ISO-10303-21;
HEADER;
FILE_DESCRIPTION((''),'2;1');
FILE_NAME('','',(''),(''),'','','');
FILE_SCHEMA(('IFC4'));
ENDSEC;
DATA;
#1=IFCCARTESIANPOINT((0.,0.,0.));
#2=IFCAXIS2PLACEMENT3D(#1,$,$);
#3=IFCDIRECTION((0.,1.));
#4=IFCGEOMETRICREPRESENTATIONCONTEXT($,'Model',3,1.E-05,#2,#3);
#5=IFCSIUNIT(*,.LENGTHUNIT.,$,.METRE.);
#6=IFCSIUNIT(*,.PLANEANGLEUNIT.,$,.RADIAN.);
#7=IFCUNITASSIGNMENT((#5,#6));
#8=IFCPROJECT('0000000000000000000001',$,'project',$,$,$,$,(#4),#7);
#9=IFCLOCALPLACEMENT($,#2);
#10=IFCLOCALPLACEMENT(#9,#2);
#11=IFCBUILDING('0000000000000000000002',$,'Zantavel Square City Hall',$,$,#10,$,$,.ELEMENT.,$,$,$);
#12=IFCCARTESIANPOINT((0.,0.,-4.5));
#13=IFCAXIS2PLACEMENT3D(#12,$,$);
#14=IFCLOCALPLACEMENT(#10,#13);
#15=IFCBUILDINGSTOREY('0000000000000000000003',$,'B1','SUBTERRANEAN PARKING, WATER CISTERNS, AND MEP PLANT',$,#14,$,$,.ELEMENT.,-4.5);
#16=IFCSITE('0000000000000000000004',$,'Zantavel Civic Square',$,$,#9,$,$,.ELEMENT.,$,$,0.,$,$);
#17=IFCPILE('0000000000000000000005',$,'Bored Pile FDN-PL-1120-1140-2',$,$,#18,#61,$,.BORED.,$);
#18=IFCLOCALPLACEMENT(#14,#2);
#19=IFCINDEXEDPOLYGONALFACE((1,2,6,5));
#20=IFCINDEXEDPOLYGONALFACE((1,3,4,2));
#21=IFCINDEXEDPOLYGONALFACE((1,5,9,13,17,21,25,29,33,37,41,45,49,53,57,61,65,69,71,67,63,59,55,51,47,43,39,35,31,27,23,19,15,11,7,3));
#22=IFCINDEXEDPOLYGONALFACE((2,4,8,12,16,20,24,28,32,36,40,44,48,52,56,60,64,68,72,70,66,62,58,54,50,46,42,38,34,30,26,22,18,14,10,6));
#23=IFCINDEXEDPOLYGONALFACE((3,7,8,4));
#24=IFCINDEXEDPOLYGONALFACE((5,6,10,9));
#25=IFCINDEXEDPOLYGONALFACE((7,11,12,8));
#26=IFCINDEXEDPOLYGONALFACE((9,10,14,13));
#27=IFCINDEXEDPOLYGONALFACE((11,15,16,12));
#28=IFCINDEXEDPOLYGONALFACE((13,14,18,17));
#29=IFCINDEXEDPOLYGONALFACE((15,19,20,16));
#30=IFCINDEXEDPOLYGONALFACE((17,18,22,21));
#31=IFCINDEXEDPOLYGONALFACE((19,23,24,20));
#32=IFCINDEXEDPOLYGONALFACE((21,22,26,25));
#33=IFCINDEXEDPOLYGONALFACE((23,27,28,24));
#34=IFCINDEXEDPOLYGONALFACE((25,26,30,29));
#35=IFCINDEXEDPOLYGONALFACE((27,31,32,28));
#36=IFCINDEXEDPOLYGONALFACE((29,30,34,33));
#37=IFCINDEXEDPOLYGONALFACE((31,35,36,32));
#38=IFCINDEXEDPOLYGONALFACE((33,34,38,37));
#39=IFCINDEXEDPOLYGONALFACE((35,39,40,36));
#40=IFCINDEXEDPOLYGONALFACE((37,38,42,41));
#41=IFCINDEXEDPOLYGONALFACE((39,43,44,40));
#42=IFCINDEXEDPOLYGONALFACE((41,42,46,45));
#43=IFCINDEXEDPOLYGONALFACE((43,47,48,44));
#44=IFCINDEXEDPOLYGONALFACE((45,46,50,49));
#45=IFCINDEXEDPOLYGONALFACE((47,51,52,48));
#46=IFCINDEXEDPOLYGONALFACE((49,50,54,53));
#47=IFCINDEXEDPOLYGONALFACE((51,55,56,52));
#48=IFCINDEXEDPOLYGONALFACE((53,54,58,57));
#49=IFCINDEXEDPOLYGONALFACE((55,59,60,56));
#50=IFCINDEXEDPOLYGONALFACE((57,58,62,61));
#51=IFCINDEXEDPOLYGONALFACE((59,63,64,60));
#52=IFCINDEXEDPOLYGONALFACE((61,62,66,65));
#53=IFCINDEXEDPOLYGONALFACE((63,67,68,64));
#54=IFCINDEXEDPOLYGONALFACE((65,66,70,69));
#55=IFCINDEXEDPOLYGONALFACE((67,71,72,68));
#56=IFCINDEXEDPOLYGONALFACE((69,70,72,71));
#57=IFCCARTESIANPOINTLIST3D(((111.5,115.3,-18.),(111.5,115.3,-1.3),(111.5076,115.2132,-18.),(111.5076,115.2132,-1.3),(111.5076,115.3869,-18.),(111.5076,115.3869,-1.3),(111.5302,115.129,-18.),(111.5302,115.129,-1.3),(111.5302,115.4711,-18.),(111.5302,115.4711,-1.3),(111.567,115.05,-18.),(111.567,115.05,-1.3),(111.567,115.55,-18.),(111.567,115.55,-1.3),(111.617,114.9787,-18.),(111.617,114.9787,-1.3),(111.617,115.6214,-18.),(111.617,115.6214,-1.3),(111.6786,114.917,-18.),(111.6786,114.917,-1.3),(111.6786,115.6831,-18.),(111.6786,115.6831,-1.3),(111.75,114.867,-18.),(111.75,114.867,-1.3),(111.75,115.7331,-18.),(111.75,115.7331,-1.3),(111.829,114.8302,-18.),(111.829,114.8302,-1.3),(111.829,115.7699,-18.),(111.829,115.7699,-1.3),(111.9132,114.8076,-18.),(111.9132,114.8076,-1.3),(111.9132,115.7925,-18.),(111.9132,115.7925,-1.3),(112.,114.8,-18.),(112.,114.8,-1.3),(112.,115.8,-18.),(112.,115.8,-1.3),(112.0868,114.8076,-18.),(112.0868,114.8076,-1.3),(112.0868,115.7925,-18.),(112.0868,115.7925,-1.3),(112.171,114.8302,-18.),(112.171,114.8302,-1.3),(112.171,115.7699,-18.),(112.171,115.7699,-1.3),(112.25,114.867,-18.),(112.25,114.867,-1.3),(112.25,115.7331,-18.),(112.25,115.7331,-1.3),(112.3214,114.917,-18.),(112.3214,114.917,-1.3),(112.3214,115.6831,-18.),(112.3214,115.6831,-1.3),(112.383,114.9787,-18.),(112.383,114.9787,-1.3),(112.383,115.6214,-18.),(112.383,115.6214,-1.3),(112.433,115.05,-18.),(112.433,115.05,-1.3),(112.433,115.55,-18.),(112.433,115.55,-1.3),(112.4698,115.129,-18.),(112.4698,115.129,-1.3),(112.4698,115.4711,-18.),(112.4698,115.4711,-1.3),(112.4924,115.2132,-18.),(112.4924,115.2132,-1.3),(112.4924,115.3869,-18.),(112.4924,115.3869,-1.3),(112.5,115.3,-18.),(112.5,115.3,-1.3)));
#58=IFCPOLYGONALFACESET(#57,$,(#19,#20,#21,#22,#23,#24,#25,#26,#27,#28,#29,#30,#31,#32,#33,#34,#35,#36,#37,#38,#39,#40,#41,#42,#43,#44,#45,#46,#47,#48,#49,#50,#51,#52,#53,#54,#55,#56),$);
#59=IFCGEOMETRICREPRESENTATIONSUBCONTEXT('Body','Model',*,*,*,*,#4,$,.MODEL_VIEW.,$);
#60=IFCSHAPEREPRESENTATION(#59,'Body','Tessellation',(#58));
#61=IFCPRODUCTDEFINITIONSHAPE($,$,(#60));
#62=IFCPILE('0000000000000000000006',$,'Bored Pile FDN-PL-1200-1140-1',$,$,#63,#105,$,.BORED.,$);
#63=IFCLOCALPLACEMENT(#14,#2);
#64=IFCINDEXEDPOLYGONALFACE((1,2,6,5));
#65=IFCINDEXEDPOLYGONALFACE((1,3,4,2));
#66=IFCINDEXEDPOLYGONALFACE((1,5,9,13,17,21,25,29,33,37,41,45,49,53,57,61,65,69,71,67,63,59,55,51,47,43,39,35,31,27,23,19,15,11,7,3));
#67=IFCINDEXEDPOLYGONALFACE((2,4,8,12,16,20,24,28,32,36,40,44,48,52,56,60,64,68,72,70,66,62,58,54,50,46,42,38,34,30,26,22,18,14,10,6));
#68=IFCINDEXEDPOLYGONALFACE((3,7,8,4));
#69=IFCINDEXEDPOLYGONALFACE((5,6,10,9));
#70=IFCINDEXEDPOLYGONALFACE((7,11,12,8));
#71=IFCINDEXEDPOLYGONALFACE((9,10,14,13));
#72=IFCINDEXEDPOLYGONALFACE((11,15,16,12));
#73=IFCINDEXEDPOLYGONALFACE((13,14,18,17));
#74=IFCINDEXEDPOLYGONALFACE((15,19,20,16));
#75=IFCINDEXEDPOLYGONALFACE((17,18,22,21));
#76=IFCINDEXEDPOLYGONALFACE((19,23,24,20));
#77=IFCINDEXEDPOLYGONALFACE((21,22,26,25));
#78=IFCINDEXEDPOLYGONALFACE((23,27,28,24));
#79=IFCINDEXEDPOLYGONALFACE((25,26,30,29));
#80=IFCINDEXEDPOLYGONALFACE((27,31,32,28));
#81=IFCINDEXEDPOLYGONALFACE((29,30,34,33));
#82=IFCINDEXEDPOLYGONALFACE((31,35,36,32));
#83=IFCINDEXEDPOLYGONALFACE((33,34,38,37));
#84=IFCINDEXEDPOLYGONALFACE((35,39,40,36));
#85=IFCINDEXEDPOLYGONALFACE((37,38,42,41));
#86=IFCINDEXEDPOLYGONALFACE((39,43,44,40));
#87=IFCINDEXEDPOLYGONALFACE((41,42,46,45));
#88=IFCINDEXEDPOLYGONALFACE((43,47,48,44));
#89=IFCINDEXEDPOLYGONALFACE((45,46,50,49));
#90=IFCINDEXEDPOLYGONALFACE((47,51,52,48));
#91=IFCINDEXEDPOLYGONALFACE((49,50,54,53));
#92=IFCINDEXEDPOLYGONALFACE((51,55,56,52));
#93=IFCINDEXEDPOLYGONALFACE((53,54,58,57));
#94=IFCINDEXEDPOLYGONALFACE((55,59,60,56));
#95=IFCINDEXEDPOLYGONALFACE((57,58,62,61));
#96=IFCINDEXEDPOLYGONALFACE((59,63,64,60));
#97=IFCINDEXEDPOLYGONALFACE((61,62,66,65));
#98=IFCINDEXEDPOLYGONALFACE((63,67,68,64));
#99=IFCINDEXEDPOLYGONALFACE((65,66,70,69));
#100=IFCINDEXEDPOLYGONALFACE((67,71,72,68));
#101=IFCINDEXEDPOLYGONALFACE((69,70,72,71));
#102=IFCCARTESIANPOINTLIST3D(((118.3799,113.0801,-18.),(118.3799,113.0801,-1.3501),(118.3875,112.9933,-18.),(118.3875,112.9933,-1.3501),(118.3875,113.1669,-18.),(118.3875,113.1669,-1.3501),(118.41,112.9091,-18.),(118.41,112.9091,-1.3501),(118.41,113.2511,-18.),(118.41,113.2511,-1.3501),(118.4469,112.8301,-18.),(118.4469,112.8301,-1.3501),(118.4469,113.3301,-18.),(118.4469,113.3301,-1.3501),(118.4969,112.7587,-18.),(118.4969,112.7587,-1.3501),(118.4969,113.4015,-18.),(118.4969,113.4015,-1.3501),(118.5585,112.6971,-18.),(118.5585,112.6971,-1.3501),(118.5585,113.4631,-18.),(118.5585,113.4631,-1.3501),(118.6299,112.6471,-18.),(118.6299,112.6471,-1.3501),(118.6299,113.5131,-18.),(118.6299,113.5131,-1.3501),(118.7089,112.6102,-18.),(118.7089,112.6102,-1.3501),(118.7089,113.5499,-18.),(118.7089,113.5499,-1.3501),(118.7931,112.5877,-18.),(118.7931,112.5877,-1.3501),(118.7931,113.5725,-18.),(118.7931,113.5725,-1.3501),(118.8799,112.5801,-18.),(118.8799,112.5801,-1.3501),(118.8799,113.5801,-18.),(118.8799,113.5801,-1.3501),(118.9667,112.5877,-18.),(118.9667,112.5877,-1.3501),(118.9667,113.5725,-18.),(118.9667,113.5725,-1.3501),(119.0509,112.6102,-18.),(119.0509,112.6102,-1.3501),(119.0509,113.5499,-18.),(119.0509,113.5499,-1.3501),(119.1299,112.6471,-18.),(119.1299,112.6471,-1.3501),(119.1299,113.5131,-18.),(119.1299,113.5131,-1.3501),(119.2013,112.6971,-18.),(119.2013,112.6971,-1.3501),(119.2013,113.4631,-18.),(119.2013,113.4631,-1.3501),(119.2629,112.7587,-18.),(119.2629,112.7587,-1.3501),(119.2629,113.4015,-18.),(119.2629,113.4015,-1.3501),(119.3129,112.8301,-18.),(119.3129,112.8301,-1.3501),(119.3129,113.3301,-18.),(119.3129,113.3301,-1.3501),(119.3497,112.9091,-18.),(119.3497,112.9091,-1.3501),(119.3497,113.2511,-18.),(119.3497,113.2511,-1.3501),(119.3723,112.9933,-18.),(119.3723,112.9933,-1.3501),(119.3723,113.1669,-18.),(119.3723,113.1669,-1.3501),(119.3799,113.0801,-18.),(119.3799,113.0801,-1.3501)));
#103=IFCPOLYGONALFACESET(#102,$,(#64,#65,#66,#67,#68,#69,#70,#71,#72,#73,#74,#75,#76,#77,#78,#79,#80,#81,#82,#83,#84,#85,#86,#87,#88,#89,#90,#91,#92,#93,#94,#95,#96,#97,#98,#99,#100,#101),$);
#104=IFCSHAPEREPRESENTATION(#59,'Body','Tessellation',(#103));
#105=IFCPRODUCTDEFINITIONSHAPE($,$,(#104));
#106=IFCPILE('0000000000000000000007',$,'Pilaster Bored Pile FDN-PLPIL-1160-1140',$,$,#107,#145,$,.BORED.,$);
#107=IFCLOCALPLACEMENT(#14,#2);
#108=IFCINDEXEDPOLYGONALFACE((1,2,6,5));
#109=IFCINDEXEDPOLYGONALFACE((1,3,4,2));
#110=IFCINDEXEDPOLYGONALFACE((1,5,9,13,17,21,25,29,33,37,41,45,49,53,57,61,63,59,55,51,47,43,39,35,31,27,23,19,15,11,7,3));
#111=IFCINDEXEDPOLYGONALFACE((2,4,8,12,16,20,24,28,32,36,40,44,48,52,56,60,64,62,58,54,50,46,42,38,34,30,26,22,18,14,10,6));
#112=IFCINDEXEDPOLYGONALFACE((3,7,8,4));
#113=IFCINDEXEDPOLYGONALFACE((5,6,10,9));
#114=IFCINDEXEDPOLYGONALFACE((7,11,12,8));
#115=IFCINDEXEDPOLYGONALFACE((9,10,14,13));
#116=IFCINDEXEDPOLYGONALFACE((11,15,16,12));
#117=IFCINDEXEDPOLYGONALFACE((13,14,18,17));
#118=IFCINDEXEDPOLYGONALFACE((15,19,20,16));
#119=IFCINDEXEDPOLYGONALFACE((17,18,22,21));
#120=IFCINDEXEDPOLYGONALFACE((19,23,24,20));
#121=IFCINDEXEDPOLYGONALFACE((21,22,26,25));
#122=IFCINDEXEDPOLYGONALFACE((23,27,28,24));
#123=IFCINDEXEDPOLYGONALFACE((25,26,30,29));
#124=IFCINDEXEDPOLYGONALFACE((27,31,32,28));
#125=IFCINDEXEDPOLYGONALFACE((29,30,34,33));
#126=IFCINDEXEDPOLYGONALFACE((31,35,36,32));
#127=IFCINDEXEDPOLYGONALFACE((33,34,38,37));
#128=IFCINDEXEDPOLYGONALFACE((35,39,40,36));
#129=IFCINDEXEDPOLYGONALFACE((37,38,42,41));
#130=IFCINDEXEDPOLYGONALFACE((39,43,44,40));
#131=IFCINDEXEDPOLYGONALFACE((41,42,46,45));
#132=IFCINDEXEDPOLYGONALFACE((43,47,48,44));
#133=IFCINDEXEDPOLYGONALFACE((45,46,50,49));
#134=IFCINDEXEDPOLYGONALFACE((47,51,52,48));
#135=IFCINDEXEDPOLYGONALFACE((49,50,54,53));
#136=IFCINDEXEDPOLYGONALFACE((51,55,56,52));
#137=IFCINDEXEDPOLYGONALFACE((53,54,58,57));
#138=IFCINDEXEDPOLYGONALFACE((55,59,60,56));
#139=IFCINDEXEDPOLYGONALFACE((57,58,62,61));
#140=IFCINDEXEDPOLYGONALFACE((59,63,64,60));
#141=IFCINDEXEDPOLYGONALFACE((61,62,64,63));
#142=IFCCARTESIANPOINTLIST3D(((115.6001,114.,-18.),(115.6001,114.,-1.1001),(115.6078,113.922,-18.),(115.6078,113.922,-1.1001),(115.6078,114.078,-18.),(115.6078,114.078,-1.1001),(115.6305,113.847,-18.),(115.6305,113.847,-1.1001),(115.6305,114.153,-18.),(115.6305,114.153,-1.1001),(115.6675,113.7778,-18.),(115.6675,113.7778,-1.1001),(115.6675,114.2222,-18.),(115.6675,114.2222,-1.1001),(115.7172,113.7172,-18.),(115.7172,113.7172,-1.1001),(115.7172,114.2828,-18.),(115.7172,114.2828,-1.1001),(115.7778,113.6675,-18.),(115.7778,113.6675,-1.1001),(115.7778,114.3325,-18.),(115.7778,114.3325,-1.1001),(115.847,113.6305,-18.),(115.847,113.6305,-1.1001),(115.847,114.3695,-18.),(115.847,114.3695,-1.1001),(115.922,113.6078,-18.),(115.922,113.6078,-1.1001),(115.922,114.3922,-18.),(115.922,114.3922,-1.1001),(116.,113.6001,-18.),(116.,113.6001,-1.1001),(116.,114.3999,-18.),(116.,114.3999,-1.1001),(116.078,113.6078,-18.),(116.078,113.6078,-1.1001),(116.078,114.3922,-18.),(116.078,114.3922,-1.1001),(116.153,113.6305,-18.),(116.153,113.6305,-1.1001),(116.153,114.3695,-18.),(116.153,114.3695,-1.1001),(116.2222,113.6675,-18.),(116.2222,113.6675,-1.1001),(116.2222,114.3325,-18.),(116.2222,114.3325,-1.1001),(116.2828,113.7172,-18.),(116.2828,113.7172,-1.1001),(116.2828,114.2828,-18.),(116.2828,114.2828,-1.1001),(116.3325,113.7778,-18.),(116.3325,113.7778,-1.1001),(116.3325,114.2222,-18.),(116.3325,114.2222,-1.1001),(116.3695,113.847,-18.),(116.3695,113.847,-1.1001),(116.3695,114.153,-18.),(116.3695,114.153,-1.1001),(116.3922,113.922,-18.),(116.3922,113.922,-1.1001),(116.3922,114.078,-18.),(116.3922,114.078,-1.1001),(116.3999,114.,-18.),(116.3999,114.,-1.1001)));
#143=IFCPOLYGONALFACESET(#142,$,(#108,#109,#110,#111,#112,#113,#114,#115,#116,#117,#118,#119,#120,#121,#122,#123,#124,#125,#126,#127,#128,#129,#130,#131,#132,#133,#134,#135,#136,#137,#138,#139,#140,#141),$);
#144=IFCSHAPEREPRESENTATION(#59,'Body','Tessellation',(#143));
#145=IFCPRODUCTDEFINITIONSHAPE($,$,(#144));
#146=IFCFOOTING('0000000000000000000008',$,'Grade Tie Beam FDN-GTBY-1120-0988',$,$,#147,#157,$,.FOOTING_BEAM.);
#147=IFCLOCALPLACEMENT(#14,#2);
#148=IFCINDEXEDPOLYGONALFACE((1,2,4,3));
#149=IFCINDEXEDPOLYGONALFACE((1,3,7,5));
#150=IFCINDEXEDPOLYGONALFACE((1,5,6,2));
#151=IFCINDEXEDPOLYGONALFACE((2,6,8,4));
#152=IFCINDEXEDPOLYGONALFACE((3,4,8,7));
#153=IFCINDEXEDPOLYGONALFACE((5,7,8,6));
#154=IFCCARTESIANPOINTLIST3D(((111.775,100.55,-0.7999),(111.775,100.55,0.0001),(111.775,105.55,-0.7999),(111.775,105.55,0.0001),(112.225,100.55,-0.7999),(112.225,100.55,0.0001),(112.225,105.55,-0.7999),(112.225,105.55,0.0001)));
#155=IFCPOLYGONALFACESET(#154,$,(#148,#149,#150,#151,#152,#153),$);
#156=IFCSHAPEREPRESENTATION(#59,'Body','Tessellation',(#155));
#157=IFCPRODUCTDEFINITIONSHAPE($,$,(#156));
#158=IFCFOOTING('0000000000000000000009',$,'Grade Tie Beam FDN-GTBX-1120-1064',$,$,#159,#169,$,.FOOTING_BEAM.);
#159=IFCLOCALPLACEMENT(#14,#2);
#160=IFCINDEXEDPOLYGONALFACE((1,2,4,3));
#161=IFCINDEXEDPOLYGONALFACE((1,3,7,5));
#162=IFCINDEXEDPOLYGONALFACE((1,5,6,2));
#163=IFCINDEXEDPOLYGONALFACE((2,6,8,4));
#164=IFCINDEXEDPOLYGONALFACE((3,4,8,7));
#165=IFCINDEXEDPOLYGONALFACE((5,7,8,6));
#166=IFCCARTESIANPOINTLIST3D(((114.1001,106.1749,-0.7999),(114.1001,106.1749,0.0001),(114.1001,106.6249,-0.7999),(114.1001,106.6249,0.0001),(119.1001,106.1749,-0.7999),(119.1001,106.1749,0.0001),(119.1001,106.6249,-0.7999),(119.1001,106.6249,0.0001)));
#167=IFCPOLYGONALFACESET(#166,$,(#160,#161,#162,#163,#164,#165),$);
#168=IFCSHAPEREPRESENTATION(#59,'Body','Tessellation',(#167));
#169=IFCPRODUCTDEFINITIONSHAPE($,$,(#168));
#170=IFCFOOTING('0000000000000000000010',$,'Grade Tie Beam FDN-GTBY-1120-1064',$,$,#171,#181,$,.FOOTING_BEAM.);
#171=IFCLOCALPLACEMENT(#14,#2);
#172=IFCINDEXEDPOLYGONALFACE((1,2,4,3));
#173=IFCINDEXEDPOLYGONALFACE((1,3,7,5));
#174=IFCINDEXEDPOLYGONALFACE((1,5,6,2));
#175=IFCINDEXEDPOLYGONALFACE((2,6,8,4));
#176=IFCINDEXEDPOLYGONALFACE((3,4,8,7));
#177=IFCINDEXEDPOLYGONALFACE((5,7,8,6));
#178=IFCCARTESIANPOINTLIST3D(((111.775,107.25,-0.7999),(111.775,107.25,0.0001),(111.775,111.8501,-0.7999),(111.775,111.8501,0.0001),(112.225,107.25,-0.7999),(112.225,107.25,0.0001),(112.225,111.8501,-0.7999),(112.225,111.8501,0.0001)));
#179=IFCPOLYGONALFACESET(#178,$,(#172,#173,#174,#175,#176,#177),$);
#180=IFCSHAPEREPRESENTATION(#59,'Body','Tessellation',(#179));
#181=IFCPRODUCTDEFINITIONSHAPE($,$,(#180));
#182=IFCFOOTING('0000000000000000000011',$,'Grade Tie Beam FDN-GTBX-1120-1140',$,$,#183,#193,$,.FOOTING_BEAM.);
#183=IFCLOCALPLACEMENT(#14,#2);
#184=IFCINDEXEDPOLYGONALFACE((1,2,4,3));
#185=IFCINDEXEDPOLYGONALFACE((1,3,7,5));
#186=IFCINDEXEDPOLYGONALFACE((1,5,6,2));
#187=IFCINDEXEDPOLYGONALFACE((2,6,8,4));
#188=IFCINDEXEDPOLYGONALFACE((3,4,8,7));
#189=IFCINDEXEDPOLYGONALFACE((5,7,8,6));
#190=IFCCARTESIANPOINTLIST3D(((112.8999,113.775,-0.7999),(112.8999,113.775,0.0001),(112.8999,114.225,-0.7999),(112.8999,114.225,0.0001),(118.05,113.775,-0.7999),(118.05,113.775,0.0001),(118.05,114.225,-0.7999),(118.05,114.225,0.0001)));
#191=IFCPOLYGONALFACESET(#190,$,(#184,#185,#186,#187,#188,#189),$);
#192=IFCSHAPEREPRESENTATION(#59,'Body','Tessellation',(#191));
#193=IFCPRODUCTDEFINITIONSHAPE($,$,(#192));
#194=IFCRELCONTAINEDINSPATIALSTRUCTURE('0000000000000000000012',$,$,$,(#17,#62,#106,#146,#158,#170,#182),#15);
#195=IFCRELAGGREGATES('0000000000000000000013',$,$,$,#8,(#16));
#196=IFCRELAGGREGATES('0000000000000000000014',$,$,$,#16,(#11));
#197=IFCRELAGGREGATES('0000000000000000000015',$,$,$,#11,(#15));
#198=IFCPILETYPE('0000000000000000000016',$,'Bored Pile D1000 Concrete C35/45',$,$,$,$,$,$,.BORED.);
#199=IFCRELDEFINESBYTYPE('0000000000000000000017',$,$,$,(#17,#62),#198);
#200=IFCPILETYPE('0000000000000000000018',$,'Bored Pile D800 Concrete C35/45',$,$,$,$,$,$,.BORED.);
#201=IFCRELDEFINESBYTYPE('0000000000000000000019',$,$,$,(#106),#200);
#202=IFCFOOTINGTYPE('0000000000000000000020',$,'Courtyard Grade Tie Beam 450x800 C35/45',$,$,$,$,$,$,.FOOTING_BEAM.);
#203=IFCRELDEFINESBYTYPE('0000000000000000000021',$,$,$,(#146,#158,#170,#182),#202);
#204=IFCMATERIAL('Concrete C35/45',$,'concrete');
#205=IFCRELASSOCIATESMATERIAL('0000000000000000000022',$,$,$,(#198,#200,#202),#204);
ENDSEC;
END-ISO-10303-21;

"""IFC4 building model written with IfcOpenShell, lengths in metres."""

from ifc_helpers import new_model, si_unit, direction, frame, origin, origin_2d, place, context, subcontext, project, spatial, rectangle, circle, extrude, material, material_profile, profile_set, type_object, element, save


model = new_model("IFC4")

# Units and contexts
model_context = context("Model", 3, precision=1e-05, world=origin(), true_north=direction((0.0, 1.0)))
body_context = subcontext(model_context, "Body", "Model", "MODEL_VIEW")
ifc_project = project(units=[si_unit("LENGTHUNIT", "METRE"), si_unit("PLANEANGLEUNIT", "RADIAN")], contexts=[model_context])

# Site, building, storey
site_placement = place(None, origin())
site = spatial("IfcSite", under=ifc_project, at=site_placement, Name="Zantavel Civic Square", CompositionType="ELEMENT", RefElevation=0.0)
building_placement = place(site_placement, origin())
building = spatial("IfcBuilding", under=site, at=building_placement, Name="Zantavel Square City Hall", CompositionType="ELEMENT")
storey_placement = place(building_placement, frame((0.0, 0.0, -4.5)))
storey = spatial("IfcBuildingStorey", under=building, at=storey_placement, Name="B1", Description="SUBTERRANEAN PARKING, WATER CISTERNS, AND MEP PLANT", CompositionType="ELEMENT", Elevation=-4.5)

# Piles
ifc_material_1 = material(Name="Concrete C35/45", Category="concrete")
ifc_material_profile_1 = material_profile(ifc_material_1, circle(Radius=0.5, at=origin_2d()), Name="PILE D1000")
ifc_profile_set_1 = profile_set([ifc_material_profile_1], Name="Concrete C35/45")
pile_type_1 = type_object("IfcPileType", Name="Bored Pile D1000 Concrete C35/45", PredefinedType="BORED", material=ifc_profile_set_1)
for number, where, z_axis, x_axis, name in (
    (1, (112.0, 115.3, -1.3), (0.0, 0.0, -1.0), (1.0, 0.0, 0.0), "Bored Pile FDN-PL-1120-1140-2"),
):
    element("IfcPile", number, at=place(storey_placement, frame(where, z_axis=z_axis, x_axis=x_axis)), inside=storey, type_object=pile_type_1, Name=name, PredefinedType="BORED", context=body_context, shape_type="SweptSolid", body=[
        extrude(circle(Radius=0.5, at=origin_2d()), origin(), (0.0, 0.0, 1.0), 16.7),
    ])
pile_1_placement = place(storey_placement, frame((118.8799, 113.0801, -1.3501), z_axis=(0.0, 0.0, -1.0), x_axis=(1.0, 0.0, 0.0)))
element("IfcPile", 2, at=pile_1_placement, inside=storey, type_object=pile_type_1, Name="Bored Pile FDN-PL-1200-1140-1", PredefinedType="BORED", context=body_context, shape_type="SweptSolid", body=[
    extrude(circle(Radius=0.5, at=origin_2d()), origin(), (0.0, 0.0, 1.0), 16.6499),
])
ifc_material_profile_2 = material_profile(ifc_material_1, circle(Radius=0.3999, at=origin_2d()), Name="PILE D800")
ifc_profile_set_2 = profile_set([ifc_material_profile_2], Name="Concrete C35/45")
pile_type_2 = type_object("IfcPileType", Name="Bored Pile D800 Concrete C35/45", PredefinedType="BORED", material=ifc_profile_set_2)
pile_2_placement = place(storey_placement, frame((116.0, 114.0, -1.1001), z_axis=(0.0, 0.0, -1.0), x_axis=(1.0, 0.0, 0.0)))
element("IfcPile", 3, at=pile_2_placement, inside=storey, type_object=pile_type_2, Name="Pilaster Bored Pile FDN-PLPIL-1160-1140", PredefinedType="BORED", context=body_context, shape_type="SweptSolid", body=[
    extrude(circle(Radius=0.3999, at=origin_2d()), origin(), (0.0, 0.0, 1.0), 16.8999),
])

# Footings
ifc_material_profile_3 = material_profile(ifc_material_1, rectangle(XDim=0.45, YDim=0.8, at=origin_2d()), Name="RC 450x800")
ifc_profile_set_3 = profile_set([ifc_material_profile_3], Name="Concrete C35/45")
footing_type_1 = type_object("IfcFootingType", Name="Courtyard Grade Tie Beam 450x800 C35/45", PredefinedType="FOOTING_BEAM", material=ifc_profile_set_3)
for number, where, z_axis, x_axis, name in (
    (4, (112.0, 100.55, -0.3999), (0.0, 1.0, 0.0), (-1.0, 0.0, 0.0), "Grade Tie Beam FDN-GTBY-1120-0988"),
    (5, (114.1001, 106.3999, -0.3999), (1.0, 0.0, 0.0), (0.0, 1.0, 0.0), "Grade Tie Beam FDN-GTBX-1120-1064"),
):
    element("IfcFooting", number, at=place(storey_placement, frame(where, z_axis=z_axis, x_axis=x_axis)), inside=storey, type_object=footing_type_1, Name=name, PredefinedType="FOOTING_BEAM", context=body_context, shape_type="SweptSolid", body=[
        extrude(rectangle(XDim=0.45, YDim=0.8, at=origin_2d()), origin(), (0.0, 0.0, 1.0), 5.0),
    ])
footing_1_placement = place(storey_placement, frame((112.0, 107.25, -0.3999), z_axis=(0.0, 1.0, 0.0), x_axis=(-1.0, 0.0, 0.0)))
element("IfcFooting", 6, at=footing_1_placement, inside=storey, type_object=footing_type_1, Name="Grade Tie Beam FDN-GTBY-1120-1064", PredefinedType="FOOTING_BEAM", context=body_context, shape_type="SweptSolid", body=[
    extrude(rectangle(XDim=0.45, YDim=0.8, at=origin_2d()), origin(), (0.0, 0.0, 1.0), 4.6001),
])
footing_2_placement = place(storey_placement, frame((112.8999, 114.0, -0.3999), z_axis=(1.0, 0.0, 0.0), x_axis=(0.0, 1.0, 0.0)))
element("IfcFooting", 7, at=footing_2_placement, inside=storey, type_object=footing_type_1, Name="Grade Tie Beam FDN-GTBX-1120-1140", PredefinedType="FOOTING_BEAM", context=body_context, shape_type="SweptSolid", body=[
    extrude(rectangle(XDim=0.45, YDim=0.8, at=origin_2d()), origin(), (0.0, 0.0, 1.0), 5.1501),
])

save(model, "model.ifc")
